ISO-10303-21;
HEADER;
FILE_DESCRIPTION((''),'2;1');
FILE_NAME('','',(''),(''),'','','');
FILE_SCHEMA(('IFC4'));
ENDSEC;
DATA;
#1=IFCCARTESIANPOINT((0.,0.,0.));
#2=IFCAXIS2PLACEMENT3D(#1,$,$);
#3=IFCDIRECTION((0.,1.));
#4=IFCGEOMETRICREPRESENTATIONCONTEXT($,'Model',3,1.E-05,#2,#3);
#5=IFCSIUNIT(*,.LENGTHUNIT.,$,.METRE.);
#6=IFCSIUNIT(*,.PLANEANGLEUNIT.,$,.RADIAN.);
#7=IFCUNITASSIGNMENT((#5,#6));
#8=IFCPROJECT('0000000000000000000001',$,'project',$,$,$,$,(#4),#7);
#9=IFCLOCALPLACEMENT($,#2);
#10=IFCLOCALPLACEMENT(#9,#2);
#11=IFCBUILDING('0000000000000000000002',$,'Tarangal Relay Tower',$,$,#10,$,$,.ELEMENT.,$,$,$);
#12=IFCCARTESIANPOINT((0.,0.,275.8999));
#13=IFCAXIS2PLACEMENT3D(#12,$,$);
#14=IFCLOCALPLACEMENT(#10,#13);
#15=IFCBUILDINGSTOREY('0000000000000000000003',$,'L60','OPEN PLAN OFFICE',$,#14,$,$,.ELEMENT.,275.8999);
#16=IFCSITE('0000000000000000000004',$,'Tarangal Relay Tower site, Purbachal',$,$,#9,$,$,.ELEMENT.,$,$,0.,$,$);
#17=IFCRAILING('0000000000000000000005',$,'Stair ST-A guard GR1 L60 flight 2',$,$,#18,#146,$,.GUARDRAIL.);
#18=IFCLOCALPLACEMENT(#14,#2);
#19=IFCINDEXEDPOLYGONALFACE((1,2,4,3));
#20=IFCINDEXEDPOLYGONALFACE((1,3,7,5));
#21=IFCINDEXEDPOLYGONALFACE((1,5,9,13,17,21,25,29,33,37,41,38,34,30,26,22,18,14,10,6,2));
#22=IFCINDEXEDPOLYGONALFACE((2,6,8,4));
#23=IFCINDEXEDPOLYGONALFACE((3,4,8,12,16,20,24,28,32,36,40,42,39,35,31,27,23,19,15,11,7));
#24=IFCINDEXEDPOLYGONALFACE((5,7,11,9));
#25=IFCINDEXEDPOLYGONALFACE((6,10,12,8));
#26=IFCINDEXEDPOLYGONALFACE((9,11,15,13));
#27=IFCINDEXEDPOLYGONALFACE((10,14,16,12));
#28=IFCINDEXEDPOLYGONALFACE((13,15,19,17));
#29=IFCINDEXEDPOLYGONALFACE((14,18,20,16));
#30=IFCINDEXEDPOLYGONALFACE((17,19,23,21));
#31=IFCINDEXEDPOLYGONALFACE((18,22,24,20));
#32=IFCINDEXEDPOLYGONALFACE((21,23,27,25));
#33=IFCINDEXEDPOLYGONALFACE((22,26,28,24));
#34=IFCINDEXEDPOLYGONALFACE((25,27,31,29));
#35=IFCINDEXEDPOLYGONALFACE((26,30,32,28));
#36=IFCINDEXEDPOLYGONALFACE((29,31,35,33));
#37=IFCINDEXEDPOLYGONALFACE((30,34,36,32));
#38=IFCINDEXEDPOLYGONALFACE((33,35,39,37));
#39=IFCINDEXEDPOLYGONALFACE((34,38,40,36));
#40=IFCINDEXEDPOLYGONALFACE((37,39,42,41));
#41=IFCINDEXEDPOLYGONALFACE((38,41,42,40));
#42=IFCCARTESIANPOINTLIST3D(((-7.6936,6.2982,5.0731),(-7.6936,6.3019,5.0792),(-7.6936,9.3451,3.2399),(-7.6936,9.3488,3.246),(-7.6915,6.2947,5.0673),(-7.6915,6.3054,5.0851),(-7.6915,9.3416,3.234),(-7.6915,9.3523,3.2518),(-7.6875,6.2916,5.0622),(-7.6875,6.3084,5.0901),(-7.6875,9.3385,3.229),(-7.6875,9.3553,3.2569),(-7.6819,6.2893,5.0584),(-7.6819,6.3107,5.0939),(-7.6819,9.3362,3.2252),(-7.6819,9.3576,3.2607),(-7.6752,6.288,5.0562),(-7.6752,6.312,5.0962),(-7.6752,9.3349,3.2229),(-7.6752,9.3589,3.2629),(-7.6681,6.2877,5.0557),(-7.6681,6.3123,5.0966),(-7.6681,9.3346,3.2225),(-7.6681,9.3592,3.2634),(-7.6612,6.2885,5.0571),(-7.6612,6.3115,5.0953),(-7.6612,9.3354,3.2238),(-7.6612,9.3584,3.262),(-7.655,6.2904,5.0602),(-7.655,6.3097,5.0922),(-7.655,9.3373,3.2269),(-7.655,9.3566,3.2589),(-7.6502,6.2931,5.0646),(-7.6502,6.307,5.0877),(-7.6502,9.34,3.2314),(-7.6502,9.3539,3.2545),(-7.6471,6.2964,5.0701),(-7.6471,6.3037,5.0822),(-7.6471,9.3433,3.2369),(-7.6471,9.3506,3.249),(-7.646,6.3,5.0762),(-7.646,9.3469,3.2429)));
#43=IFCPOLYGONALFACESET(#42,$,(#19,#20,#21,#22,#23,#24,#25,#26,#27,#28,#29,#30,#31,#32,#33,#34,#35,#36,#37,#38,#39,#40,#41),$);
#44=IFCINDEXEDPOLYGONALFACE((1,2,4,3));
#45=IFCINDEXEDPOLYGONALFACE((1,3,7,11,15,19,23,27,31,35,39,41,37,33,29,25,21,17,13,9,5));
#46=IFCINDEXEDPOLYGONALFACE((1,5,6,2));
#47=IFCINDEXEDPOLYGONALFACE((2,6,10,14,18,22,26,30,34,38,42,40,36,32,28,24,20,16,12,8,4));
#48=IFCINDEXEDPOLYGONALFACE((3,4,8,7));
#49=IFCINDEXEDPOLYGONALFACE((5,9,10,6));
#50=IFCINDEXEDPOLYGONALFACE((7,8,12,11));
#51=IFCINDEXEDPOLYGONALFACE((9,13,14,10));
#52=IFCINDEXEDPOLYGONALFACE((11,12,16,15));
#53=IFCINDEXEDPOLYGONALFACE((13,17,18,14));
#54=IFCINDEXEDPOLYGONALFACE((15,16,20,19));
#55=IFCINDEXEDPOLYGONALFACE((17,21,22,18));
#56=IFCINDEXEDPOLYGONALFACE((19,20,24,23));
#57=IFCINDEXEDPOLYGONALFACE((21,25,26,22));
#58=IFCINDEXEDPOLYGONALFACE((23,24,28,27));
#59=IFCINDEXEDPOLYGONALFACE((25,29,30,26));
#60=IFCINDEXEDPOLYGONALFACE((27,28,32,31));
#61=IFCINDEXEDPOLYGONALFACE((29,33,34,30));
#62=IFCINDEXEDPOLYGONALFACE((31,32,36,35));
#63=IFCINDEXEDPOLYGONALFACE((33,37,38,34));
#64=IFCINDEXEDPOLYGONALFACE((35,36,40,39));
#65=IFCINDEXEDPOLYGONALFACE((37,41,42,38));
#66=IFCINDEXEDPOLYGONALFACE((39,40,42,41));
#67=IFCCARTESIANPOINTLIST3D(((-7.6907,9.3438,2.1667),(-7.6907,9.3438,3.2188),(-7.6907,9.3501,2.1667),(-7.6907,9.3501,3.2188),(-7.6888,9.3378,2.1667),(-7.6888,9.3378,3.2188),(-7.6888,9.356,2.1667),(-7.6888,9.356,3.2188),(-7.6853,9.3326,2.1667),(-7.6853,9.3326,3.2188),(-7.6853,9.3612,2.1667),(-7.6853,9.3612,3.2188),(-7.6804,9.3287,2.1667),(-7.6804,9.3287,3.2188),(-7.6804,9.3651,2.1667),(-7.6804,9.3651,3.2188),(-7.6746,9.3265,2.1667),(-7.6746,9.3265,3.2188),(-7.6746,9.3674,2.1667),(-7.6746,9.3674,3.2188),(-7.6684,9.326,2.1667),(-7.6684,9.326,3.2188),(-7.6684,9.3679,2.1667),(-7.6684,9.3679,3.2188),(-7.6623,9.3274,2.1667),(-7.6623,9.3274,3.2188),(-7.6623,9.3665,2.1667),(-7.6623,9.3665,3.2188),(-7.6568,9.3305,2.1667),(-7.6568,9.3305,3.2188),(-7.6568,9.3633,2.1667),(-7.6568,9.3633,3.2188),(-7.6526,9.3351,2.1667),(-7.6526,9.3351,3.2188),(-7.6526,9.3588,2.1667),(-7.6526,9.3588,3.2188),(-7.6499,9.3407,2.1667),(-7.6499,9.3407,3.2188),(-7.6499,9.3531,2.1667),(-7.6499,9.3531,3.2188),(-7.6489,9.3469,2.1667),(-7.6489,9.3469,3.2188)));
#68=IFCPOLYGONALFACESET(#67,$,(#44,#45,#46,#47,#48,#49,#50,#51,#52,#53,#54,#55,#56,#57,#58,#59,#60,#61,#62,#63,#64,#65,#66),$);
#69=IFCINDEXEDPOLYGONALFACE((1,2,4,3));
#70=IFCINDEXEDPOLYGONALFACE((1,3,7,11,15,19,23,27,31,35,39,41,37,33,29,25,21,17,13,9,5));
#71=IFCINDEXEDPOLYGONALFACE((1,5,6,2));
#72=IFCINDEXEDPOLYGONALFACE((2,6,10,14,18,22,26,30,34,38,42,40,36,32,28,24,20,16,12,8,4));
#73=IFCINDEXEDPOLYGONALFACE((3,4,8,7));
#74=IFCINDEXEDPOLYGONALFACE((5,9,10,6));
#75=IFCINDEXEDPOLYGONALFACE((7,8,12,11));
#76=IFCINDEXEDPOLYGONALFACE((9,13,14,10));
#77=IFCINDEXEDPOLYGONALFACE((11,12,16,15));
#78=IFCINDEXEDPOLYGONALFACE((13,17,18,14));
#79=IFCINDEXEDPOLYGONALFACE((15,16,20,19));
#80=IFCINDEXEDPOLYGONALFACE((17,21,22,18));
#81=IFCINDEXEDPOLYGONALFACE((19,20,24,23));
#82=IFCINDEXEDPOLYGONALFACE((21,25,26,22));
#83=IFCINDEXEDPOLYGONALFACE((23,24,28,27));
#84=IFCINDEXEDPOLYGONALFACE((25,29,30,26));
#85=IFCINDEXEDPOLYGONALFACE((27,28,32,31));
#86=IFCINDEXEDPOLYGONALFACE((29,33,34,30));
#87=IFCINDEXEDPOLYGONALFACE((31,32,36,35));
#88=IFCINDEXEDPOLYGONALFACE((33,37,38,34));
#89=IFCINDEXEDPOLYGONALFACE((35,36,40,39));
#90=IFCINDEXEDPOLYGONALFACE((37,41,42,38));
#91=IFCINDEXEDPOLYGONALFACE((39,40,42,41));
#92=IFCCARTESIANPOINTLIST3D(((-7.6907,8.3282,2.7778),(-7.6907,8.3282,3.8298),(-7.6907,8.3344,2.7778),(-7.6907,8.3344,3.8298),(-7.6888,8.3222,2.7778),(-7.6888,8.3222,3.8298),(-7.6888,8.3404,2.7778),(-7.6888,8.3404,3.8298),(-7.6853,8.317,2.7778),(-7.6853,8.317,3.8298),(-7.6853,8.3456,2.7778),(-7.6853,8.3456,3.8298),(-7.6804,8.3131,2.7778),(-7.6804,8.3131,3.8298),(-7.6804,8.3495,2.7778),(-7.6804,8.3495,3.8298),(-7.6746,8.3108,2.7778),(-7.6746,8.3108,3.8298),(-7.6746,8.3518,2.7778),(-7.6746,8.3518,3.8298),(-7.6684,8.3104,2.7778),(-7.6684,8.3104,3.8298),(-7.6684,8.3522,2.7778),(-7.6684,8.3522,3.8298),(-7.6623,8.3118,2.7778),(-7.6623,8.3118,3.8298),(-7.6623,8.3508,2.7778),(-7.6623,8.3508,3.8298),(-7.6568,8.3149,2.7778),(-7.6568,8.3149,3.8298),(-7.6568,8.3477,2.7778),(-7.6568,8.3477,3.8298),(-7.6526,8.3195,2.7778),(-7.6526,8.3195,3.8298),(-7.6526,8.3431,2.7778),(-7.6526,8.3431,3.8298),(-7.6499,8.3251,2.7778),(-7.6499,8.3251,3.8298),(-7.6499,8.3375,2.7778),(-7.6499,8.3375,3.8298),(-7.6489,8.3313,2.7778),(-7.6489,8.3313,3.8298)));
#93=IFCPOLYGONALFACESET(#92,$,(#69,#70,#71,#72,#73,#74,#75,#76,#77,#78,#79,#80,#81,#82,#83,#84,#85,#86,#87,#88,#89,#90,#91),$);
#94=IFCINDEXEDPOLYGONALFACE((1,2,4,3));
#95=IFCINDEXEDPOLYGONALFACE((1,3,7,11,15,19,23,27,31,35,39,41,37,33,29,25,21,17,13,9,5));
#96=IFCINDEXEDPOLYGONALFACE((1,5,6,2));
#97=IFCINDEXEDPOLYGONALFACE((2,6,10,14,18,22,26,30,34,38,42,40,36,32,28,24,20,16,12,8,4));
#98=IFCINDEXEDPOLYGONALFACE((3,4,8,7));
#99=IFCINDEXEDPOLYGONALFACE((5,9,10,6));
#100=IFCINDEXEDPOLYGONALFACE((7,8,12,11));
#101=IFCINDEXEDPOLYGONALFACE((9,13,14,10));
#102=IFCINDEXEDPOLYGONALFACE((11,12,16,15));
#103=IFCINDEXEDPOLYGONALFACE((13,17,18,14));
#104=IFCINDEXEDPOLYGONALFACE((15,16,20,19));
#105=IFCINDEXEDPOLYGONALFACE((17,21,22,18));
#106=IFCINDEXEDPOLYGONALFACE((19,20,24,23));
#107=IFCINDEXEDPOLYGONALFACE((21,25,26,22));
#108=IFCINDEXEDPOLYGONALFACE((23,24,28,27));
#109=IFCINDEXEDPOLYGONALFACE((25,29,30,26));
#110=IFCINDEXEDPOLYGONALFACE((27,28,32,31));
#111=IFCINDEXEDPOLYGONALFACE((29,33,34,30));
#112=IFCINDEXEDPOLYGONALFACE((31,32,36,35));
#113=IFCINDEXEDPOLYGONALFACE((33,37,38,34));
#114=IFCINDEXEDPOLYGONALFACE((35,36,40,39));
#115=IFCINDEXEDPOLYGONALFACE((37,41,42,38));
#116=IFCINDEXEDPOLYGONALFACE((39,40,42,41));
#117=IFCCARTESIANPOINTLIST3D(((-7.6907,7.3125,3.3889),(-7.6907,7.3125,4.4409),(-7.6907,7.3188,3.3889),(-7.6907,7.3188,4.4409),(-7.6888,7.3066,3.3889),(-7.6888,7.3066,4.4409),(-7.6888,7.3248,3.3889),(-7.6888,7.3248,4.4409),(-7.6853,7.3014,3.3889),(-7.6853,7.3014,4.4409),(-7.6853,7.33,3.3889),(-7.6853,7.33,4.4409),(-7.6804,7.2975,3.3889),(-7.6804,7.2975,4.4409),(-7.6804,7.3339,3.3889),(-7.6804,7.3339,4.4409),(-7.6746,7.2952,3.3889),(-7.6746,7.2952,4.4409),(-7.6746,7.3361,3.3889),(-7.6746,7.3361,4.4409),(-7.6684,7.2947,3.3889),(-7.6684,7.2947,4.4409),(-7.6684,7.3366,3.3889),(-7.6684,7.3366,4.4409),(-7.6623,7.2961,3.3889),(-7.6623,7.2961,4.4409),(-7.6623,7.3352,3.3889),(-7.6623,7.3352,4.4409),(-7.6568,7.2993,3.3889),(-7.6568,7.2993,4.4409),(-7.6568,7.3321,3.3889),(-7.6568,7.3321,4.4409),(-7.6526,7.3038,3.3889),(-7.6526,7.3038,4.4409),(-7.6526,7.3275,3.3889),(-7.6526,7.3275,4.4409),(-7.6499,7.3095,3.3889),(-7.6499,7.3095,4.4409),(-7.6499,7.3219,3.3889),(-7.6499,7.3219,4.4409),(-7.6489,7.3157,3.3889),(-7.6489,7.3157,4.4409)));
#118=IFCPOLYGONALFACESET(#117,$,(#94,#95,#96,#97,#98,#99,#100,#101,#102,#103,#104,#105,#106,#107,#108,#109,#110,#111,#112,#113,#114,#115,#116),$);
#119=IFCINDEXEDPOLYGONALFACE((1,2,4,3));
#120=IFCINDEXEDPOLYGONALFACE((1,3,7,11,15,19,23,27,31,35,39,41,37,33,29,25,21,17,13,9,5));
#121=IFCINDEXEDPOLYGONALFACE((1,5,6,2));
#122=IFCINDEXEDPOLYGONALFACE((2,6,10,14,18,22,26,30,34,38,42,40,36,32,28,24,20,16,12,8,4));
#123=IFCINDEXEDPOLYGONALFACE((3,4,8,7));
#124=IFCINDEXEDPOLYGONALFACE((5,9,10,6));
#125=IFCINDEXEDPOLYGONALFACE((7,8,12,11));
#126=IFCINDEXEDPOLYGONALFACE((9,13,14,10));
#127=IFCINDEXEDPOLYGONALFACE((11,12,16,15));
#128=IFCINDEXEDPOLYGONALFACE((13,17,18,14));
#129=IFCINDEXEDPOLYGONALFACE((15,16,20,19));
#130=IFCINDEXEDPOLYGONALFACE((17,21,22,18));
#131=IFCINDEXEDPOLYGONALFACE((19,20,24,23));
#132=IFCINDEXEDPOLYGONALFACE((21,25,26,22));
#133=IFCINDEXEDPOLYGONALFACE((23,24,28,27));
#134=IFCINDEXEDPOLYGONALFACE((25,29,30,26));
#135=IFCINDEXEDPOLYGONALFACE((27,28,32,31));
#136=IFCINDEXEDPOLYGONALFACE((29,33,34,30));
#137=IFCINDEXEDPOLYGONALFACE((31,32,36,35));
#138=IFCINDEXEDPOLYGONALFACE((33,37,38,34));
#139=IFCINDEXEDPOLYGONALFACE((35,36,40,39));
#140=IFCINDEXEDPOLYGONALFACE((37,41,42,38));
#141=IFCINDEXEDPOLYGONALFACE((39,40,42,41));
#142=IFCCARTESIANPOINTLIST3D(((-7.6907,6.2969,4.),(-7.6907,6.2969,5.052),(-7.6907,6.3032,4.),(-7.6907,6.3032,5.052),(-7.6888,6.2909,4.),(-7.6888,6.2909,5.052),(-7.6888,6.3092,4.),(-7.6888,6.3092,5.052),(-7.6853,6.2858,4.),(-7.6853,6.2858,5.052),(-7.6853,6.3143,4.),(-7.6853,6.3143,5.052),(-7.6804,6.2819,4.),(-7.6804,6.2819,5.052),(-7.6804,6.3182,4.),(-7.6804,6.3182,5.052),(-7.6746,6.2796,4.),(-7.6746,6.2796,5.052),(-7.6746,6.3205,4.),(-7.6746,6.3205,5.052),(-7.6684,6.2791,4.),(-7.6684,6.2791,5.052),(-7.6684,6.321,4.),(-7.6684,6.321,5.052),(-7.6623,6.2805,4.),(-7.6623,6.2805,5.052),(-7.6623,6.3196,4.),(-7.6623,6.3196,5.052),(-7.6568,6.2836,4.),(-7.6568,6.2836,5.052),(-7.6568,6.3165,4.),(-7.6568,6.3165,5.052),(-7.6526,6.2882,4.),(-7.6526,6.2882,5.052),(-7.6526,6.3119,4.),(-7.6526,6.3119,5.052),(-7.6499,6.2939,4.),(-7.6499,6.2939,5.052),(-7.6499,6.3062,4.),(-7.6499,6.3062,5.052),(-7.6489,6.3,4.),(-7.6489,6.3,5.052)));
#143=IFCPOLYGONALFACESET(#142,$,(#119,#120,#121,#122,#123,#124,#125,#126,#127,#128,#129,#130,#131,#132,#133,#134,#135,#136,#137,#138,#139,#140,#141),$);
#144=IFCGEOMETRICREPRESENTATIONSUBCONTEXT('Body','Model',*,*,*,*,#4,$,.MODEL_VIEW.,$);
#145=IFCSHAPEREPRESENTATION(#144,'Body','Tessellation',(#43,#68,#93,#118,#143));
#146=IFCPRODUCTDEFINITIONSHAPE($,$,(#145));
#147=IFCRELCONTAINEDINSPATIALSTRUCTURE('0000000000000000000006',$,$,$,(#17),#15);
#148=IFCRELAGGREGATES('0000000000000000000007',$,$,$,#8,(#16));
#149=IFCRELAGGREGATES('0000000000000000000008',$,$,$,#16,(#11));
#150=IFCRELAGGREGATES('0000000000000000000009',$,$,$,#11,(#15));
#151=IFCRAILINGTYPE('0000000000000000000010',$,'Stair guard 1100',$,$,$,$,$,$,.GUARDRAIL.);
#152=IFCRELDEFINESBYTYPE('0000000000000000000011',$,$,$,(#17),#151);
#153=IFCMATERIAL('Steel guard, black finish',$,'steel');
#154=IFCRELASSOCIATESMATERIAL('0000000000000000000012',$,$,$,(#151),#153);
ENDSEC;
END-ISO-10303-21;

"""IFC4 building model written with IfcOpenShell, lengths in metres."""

from ifc_helpers import new_model, si_unit, direction, frame, origin, origin_2d, place, context, subcontext, project, spatial, circle, extrude, material, type_object, element, save


model = new_model("IFC4")

# Units and contexts
model_context = context("Model", 3, precision=1e-05, world=origin(), true_north=direction((0.0, 1.0)))
body_context = subcontext(model_context, "Body", "Model", "MODEL_VIEW")
ifc_project = project(units=[si_unit("LENGTHUNIT", "METRE"), si_unit("PLANEANGLEUNIT", "RADIAN")], contexts=[model_context])

# Site, building, storey
site_placement = place(None, origin())
site = spatial("IfcSite", under=ifc_project, at=site_placement, Name="Tarangal Relay Tower site, Purbachal", CompositionType="ELEMENT", RefElevation=0.0)
building_placement = place(site_placement, origin())
building = spatial("IfcBuilding", under=site, at=building_placement, Name="Tarangal Relay Tower", CompositionType="ELEMENT")
storey_placement = place(building_placement, frame((0.0, 0.0, 275.8999)))
storey = spatial("IfcBuildingStorey", under=building, at=storey_placement, Name="L60", Description="OPEN PLAN OFFICE", CompositionType="ELEMENT", Elevation=275.8999)

# Railing
ifc_material_1 = material(Name="Steel guard, black finish", Category="steel")
railing_type_1 = type_object("IfcRailingType", Name="Stair guard 1100", PredefinedType="GUARDRAIL", material=ifc_material_1)
railing_1_placement = place(storey_placement, frame((-7.6699, 9.3469, 2.1667)))
element("IfcRailing", 1, at=railing_1_placement, inside=storey, type_object=railing_type_1, Name="Stair ST-A guard GR1 L60 flight 2", PredefinedType="GUARDRAIL", context=body_context, shape_type="SweptSolid", body=[
    extrude(circle(Radius=0.0239, at=origin_2d()), frame((0.0, 0.0, 1.0762), z_axis=(0.0, -0.856856, 0.515556), x_axis=(1.0, 0.0, 0.0)), (0.0, 0.0, 1.0), 3.5559),
    extrude(circle(Radius=0.021, at=origin_2d()), origin(), (0.0, 0.0, 1.0), 1.052),
    extrude(circle(Radius=0.021, at=origin_2d()), frame((0.0, -1.0156, 0.6111)), (0.0, 0.0, 1.0), 1.052),
    extrude(circle(Radius=0.021, at=origin_2d()), frame((0.0, -2.0312, 1.2222)), (0.0, 0.0, 1.0), 1.052),
    extrude(circle(Radius=0.021, at=origin_2d()), frame((0.0, -3.0469, 1.8333)), (0.0, 0.0, 1.0), 1.052),
])

save(model, "model.ifc")
